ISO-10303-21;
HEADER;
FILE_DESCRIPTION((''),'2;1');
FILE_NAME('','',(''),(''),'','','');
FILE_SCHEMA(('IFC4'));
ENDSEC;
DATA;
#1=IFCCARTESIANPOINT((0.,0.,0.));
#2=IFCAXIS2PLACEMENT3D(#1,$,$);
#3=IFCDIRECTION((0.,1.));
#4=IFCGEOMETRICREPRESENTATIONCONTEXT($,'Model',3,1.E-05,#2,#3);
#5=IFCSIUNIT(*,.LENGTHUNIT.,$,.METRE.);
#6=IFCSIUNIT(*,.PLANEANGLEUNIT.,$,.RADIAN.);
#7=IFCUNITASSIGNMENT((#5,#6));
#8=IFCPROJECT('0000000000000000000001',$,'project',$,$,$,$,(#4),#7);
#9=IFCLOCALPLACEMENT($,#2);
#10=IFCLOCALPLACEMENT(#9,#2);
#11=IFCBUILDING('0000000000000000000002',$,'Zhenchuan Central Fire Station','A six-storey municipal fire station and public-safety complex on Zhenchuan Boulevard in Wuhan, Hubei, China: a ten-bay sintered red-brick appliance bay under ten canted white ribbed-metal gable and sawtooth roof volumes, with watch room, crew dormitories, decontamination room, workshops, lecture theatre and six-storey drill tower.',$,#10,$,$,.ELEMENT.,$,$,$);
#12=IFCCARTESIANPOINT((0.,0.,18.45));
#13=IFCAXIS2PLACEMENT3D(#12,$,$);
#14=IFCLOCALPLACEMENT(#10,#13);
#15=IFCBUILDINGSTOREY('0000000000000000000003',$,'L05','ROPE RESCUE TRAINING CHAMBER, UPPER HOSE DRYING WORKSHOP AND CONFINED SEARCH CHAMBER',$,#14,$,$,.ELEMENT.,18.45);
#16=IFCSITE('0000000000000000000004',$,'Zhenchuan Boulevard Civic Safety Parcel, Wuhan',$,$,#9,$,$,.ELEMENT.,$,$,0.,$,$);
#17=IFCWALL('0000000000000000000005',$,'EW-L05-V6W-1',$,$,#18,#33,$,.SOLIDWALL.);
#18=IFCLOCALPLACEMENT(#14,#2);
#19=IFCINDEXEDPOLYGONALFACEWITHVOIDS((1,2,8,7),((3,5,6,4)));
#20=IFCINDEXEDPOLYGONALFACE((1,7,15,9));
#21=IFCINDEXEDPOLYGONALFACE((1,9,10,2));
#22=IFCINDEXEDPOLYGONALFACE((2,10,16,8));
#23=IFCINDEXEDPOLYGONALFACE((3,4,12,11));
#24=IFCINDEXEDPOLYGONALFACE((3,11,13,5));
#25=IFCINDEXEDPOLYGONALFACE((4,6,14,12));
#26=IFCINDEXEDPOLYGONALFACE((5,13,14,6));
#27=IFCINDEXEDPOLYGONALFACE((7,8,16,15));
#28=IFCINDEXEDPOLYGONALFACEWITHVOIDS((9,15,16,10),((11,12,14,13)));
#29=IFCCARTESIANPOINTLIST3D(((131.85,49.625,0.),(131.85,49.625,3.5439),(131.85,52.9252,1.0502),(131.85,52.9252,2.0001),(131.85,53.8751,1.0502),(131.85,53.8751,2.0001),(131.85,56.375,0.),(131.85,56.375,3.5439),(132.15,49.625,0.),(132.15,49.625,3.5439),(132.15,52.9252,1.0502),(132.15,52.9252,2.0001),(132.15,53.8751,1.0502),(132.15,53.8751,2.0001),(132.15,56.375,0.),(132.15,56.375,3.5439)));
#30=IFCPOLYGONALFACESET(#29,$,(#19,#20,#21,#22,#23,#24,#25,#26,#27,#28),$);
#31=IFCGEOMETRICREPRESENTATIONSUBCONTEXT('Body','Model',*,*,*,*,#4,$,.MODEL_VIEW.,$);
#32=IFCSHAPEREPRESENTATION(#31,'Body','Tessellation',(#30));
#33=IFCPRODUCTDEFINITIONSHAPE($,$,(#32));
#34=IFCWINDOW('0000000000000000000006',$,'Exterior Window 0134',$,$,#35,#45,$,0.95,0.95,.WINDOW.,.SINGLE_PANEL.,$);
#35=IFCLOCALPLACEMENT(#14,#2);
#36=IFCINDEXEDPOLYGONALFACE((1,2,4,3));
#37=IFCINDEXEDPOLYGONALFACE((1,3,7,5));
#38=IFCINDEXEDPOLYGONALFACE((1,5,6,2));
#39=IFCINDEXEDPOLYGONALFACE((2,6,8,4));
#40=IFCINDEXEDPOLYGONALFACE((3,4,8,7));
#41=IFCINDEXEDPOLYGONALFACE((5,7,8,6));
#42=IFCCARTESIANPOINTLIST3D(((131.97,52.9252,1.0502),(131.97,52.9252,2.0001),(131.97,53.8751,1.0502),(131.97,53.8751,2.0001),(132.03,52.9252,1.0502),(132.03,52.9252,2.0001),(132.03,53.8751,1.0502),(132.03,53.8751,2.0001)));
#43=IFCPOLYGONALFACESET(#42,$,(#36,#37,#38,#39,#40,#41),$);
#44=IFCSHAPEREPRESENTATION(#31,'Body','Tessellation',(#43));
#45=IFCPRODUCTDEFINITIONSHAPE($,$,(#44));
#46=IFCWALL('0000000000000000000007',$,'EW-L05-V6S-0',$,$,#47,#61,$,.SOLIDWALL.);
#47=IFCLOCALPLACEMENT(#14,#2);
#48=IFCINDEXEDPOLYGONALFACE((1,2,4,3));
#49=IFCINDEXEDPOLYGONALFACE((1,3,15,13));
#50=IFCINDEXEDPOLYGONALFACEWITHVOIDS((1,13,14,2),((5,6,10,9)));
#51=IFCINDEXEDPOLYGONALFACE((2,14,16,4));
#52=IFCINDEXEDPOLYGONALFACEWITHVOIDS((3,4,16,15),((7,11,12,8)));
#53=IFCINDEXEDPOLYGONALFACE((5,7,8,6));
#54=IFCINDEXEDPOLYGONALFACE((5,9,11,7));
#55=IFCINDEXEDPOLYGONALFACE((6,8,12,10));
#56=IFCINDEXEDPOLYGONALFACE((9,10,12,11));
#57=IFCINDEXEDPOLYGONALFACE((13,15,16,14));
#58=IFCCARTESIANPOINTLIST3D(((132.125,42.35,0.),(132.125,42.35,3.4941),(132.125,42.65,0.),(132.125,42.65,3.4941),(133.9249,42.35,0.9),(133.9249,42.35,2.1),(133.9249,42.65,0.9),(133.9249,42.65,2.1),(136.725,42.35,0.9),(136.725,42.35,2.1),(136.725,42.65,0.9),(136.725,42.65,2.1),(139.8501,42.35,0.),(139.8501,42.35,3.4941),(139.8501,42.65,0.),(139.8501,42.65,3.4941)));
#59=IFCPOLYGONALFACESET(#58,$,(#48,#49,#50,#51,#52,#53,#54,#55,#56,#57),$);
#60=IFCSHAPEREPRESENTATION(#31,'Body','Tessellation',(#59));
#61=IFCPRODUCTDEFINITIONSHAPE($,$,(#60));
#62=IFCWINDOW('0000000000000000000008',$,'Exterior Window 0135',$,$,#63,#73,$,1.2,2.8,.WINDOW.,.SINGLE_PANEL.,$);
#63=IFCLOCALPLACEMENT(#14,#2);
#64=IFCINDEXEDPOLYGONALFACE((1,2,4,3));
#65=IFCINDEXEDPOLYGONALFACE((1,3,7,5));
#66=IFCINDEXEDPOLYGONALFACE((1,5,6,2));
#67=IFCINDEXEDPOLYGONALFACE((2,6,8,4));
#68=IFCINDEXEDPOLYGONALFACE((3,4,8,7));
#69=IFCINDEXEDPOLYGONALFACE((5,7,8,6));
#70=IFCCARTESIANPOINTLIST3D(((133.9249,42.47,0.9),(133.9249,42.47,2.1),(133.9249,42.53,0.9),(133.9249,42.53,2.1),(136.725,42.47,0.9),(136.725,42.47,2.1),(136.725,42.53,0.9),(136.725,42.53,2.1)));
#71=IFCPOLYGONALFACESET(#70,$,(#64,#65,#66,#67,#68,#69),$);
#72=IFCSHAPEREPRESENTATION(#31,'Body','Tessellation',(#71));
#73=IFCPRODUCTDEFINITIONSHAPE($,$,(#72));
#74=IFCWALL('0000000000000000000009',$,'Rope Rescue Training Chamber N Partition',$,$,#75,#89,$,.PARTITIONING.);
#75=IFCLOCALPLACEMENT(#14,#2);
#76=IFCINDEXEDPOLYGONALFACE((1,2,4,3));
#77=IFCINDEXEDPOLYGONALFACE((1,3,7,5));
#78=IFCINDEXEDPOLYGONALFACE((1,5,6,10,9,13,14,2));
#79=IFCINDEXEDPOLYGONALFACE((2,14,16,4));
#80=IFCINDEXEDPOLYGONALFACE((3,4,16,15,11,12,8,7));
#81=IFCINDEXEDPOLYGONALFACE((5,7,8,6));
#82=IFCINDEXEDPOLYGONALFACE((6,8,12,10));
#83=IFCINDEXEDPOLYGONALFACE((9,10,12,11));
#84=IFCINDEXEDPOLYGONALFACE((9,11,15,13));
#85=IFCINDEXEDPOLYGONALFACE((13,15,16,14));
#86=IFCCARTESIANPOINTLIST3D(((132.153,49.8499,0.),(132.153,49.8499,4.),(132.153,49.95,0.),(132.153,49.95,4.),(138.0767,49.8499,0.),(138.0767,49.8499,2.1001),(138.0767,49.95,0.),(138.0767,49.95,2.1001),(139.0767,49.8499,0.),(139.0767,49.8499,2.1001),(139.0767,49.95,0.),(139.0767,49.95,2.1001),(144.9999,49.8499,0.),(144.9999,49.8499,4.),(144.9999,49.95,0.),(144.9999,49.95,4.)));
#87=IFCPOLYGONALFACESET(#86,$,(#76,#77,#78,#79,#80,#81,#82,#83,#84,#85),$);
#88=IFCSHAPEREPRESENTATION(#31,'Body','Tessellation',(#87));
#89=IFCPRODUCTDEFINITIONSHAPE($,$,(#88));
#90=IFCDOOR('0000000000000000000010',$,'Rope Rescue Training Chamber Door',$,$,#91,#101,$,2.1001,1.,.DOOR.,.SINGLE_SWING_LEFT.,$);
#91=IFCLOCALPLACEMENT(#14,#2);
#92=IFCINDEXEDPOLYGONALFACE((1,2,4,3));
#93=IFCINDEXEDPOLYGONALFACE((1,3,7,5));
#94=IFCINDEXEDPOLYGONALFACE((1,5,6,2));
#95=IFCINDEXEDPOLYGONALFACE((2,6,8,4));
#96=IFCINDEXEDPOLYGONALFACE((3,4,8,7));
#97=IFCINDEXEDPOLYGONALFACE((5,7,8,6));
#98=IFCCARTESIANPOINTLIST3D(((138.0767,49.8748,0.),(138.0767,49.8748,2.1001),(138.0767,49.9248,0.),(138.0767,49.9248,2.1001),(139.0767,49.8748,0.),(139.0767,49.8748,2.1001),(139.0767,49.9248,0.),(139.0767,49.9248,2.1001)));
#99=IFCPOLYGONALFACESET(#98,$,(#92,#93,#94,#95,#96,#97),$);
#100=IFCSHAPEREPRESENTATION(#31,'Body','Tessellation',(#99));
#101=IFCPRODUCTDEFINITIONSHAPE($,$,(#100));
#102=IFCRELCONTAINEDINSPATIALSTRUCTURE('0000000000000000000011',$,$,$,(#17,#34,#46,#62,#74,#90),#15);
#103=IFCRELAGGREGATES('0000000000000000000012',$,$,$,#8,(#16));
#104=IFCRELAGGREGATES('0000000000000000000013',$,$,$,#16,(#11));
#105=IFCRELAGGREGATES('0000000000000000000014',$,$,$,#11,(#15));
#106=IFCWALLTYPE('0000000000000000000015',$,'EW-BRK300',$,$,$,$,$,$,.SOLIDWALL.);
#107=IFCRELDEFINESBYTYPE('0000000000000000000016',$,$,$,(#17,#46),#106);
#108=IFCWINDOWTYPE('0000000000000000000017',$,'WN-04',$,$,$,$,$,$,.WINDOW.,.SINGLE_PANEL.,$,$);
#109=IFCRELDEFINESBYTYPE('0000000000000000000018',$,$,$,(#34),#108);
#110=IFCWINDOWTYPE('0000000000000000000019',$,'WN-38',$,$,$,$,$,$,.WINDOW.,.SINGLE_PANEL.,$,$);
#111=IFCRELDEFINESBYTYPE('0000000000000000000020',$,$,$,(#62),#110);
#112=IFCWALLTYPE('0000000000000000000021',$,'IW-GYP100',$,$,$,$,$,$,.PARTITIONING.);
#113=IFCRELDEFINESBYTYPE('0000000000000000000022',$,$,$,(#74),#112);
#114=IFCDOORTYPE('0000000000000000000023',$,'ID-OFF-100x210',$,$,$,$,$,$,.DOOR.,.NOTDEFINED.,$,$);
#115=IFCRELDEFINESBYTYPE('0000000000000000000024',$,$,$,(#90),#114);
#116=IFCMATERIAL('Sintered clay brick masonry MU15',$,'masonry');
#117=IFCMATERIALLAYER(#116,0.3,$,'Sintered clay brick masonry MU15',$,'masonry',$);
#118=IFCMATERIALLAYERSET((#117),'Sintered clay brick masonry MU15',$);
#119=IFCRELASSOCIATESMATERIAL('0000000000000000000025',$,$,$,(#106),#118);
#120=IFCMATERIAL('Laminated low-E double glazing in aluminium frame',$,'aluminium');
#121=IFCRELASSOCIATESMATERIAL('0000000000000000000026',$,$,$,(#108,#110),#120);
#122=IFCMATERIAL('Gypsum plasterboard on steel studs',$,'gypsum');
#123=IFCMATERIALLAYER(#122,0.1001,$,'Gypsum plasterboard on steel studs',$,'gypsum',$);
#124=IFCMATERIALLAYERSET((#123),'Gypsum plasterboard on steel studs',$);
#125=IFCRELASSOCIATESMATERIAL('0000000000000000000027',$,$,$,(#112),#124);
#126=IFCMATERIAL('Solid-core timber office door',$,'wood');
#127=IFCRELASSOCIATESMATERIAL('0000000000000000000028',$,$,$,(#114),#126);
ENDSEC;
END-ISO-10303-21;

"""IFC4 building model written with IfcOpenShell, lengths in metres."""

from ifc_helpers import new_model, si_unit, direction, frame, frame_2d, origin, place, context, subcontext, project, spatial, rectangle, extrude, material, layer, layer_set, type_object, element, fill, save


model = new_model("IFC4")

# Units and contexts
model_context = context("Model", 3, precision=1e-05, world=origin(), true_north=direction((0.0, 1.0)))
body_context = subcontext(model_context, "Body", "Model", "MODEL_VIEW")
ifc_project = project(units=[si_unit("LENGTHUNIT", "METRE"), si_unit("PLANEANGLEUNIT", "RADIAN")], contexts=[model_context])

# Site, building, storey
site_placement = place(None, origin())
site = spatial("IfcSite", under=ifc_project, at=site_placement, Name="Zhenchuan Boulevard Civic Safety Parcel, Wuhan", CompositionType="ELEMENT", RefElevation=0.0)
building_placement = place(site_placement, origin())
building = spatial("IfcBuilding", under=site, at=building_placement, Name="Zhenchuan Central Fire Station", Description="A six-storey municipal fire station and public-safety complex on Zhenchuan Boulevard in Wuhan, Hubei, China: a ten-bay sintered red-brick appliance bay under ten canted white ribbed-metal gable and sawtooth roof volumes, with watch room, crew dormitories, decontamination room, workshops, lecture theatre and six-storey drill tower.", CompositionType="ELEMENT")
storey_placement = place(building_placement, frame((0.0, 0.0, 18.45)))
storey = spatial("IfcBuildingStorey", under=building, at=storey_placement, Name="L05", Description="ROPE RESCUE TRAINING CHAMBER, UPPER HOSE DRYING WORKSHOP AND CONFINED SEARCH CHAMBER", CompositionType="ELEMENT", Elevation=18.45)

# Walls, openings, windows
ifc_material_1 = material(Name="Sintered clay brick masonry MU15", Category="masonry")
ifc_layer_1 = layer(ifc_material_1, 0.3, Name="Sintered clay brick masonry MU15", Category="masonry")
ifc_layer_set_1 = layer_set([ifc_layer_1], Name="Sintered clay brick masonry MU15")
wall_type_1 = type_object("IfcWallType", Name="EW-BRK300", PredefinedType="SOLIDWALL", material=ifc_layer_set_1)
ifc_material_2 = material(Name="Laminated low-E double glazing in aluminium frame", Category="aluminium")
wall_1_placement = place(storey_placement, frame((132.0, 49.625, 0.0), z_axis=(0.0, 0.0, 1.0), x_axis=(0.0, 1.0, 0.0)))
wall_1 = element("IfcWall", 1, at=wall_1_placement, inside=storey, type_object=wall_type_1, Name="EW-L05-V6W-1", PredefinedType="SOLIDWALL", context=body_context, shape_type="SweptSolid", body=[
    extrude(rectangle(XDim=6.75, YDim=0.3, at=frame_2d((3.375, 0.0))), origin(), (0.0, 0.0, 1.0), 3.5439),
])
opening_1_placement = place(wall_1_placement, frame((3.3, 0.0, 1.05)))
opening_1 = element("IfcOpeningElement", 2, at=opening_1_placement, cuts=wall_1, PredefinedType="OPENING", context=body_context, shape_type="SweptSolid", body=[
    extrude(rectangle(XDim=0.95, YDim=0.95, at=frame_2d((0.4751, 0.4751))), frame((0.0, 0.1599, 0.0), z_axis=(0.0, -1.0, 0.0), x_axis=(1.0, 0.0, 0.0)), (0.0, 0.0, 1.0), 0.3201),
])
window_type_1 = type_object("IfcWindowType", Name="WN-04", PartitioningType="SINGLE_PANEL", PredefinedType="WINDOW", material=ifc_material_2)
window_1_placement = place(opening_1_placement, origin())
window_1 = element("IfcWindow", 3, at=window_1_placement, inside=storey, type_object=window_type_1, Name="Exterior Window 0134", OverallHeight=0.95, OverallWidth=0.95, PartitioningType="SINGLE_PANEL", PredefinedType="WINDOW", context=body_context, shape_type="SweptSolid", body=[
    extrude(rectangle(XDim=0.95, YDim=0.95, at=frame_2d((0.4751, 0.4751))), frame((0.0, 0.03, 0.0), z_axis=(0.0, -1.0, 0.0), x_axis=(1.0, 0.0, 0.0)), (0.0, 0.0, 1.0), 0.0601),
])
fill(opening_1, window_1)
wall_2_placement = place(storey_placement, frame((132.125, 42.5, 0.0), z_axis=(0.0, 0.0, 1.0), x_axis=(1.0, 0.0, 0.0)))
wall_2 = element("IfcWall", 4, at=wall_2_placement, inside=storey, type_object=wall_type_1, Name="EW-L05-V6S-0", PredefinedType="SOLIDWALL", context=body_context, shape_type="SweptSolid", body=[
    extrude(rectangle(XDim=7.7251, YDim=0.3, at=frame_2d((3.8625, 0.0))), origin(), (0.0, 0.0, 1.0), 3.4941),
])
opening_2_placement = place(wall_2_placement, frame((1.8, 0.0, 0.8999)))
opening_2 = element("IfcOpeningElement", 5, at=opening_2_placement, cuts=wall_2, PredefinedType="OPENING", context=body_context, shape_type="SweptSolid", body=[
    extrude(rectangle(XDim=2.8, YDim=1.2, at=frame_2d((1.3999, 0.6001))), frame((0.0, 0.1599, 0.0), z_axis=(0.0, -1.0, 0.0), x_axis=(1.0, 0.0, 0.0)), (0.0, 0.0, 1.0), 0.3201),
])
window_type_2 = type_object("IfcWindowType", Name="WN-38", PartitioningType="SINGLE_PANEL", PredefinedType="WINDOW", material=ifc_material_2)
window_2_placement = place(opening_2_placement, origin())
window_2 = element("IfcWindow", 6, at=window_2_placement, inside=storey, type_object=window_type_2, Name="Exterior Window 0135", OverallHeight=1.2, OverallWidth=2.8, PartitioningType="SINGLE_PANEL", PredefinedType="WINDOW", context=body_context, shape_type="SweptSolid", body=[
    extrude(rectangle(XDim=2.8, YDim=1.2, at=frame_2d((1.3999, 0.6001))), frame((0.0, 0.03, 0.0), z_axis=(0.0, -1.0, 0.0), x_axis=(1.0, 0.0, 0.0)), (0.0, 0.0, 1.0), 0.0601),
])
fill(opening_2, window_2)

# Wall, opening, door
ifc_material_3 = material(Name="Gypsum plasterboard on steel studs", Category="gypsum")
ifc_layer_2 = layer(ifc_material_3, 0.1001, Name="Gypsum plasterboard on steel studs", Category="gypsum")
ifc_layer_set_2 = layer_set([ifc_layer_2], Name="Gypsum plasterboard on steel studs")
wall_type_2 = type_object("IfcWallType", Name="IW-GYP100", PredefinedType="PARTITIONING", material=ifc_layer_set_2)
wall_3_placement = place(storey_placement, frame((132.1531, 49.8999, 0.0), z_axis=(0.0, 0.0, 1.0), x_axis=(1.0, 0.0, 0.0)))
wall_3 = element("IfcWall", 7, at=wall_3_placement, inside=storey, type_object=wall_type_2, Name="Rope Rescue Training Chamber N Partition", PredefinedType="PARTITIONING", context=body_context, shape_type="SweptSolid", body=[
    extrude(rectangle(XDim=12.8469, YDim=0.1001, at=frame_2d((6.4233, 0.0))), origin(), (0.0, 0.0, 1.0), 4.0),
])
opening_3_placement = place(wall_3_placement, frame((5.9236, 0.0, 0.0)))
opening_3 = element("IfcOpeningElement", 8, at=opening_3_placement, cuts=wall_3, PredefinedType="OPENING", context=body_context, shape_type="SweptSolid", body=[
    extrude(rectangle(XDim=1.0, YDim=2.1001, at=frame_2d((0.5, 1.05))), frame((0.0, 0.0601, 0.0), z_axis=(0.0, -1.0, 0.0), x_axis=(1.0, 0.0, 0.0)), (0.0, 0.0, 1.0), 0.1201),
])
ifc_material_4 = material(Name="Solid-core timber office door", Category="wood")
door_type = type_object("IfcDoorType", Name="ID-OFF-100x210", OperationType="NOTDEFINED", PredefinedType="DOOR", material=ifc_material_4)
door_placement = place(opening_3_placement, origin())
door = element("IfcDoor", 9, at=door_placement, inside=storey, type_object=door_type, Name="Rope Rescue Training Chamber Door", OperationType="SINGLE_SWING_LEFT", OverallHeight=2.1001, OverallWidth=1.0, PredefinedType="DOOR", context=body_context, shape_type="SweptSolid", body=[
    extrude(rectangle(XDim=1.0, YDim=2.1001, at=frame_2d((0.5, 1.05))), frame((0.0, 0.0249, 0.0), z_axis=(0.0, -1.0, 0.0), x_axis=(1.0, 0.0, 0.0)), (0.0, 0.0, 1.0), 0.05),
])
fill(opening_3, door)

save(model, "model.ifc")
